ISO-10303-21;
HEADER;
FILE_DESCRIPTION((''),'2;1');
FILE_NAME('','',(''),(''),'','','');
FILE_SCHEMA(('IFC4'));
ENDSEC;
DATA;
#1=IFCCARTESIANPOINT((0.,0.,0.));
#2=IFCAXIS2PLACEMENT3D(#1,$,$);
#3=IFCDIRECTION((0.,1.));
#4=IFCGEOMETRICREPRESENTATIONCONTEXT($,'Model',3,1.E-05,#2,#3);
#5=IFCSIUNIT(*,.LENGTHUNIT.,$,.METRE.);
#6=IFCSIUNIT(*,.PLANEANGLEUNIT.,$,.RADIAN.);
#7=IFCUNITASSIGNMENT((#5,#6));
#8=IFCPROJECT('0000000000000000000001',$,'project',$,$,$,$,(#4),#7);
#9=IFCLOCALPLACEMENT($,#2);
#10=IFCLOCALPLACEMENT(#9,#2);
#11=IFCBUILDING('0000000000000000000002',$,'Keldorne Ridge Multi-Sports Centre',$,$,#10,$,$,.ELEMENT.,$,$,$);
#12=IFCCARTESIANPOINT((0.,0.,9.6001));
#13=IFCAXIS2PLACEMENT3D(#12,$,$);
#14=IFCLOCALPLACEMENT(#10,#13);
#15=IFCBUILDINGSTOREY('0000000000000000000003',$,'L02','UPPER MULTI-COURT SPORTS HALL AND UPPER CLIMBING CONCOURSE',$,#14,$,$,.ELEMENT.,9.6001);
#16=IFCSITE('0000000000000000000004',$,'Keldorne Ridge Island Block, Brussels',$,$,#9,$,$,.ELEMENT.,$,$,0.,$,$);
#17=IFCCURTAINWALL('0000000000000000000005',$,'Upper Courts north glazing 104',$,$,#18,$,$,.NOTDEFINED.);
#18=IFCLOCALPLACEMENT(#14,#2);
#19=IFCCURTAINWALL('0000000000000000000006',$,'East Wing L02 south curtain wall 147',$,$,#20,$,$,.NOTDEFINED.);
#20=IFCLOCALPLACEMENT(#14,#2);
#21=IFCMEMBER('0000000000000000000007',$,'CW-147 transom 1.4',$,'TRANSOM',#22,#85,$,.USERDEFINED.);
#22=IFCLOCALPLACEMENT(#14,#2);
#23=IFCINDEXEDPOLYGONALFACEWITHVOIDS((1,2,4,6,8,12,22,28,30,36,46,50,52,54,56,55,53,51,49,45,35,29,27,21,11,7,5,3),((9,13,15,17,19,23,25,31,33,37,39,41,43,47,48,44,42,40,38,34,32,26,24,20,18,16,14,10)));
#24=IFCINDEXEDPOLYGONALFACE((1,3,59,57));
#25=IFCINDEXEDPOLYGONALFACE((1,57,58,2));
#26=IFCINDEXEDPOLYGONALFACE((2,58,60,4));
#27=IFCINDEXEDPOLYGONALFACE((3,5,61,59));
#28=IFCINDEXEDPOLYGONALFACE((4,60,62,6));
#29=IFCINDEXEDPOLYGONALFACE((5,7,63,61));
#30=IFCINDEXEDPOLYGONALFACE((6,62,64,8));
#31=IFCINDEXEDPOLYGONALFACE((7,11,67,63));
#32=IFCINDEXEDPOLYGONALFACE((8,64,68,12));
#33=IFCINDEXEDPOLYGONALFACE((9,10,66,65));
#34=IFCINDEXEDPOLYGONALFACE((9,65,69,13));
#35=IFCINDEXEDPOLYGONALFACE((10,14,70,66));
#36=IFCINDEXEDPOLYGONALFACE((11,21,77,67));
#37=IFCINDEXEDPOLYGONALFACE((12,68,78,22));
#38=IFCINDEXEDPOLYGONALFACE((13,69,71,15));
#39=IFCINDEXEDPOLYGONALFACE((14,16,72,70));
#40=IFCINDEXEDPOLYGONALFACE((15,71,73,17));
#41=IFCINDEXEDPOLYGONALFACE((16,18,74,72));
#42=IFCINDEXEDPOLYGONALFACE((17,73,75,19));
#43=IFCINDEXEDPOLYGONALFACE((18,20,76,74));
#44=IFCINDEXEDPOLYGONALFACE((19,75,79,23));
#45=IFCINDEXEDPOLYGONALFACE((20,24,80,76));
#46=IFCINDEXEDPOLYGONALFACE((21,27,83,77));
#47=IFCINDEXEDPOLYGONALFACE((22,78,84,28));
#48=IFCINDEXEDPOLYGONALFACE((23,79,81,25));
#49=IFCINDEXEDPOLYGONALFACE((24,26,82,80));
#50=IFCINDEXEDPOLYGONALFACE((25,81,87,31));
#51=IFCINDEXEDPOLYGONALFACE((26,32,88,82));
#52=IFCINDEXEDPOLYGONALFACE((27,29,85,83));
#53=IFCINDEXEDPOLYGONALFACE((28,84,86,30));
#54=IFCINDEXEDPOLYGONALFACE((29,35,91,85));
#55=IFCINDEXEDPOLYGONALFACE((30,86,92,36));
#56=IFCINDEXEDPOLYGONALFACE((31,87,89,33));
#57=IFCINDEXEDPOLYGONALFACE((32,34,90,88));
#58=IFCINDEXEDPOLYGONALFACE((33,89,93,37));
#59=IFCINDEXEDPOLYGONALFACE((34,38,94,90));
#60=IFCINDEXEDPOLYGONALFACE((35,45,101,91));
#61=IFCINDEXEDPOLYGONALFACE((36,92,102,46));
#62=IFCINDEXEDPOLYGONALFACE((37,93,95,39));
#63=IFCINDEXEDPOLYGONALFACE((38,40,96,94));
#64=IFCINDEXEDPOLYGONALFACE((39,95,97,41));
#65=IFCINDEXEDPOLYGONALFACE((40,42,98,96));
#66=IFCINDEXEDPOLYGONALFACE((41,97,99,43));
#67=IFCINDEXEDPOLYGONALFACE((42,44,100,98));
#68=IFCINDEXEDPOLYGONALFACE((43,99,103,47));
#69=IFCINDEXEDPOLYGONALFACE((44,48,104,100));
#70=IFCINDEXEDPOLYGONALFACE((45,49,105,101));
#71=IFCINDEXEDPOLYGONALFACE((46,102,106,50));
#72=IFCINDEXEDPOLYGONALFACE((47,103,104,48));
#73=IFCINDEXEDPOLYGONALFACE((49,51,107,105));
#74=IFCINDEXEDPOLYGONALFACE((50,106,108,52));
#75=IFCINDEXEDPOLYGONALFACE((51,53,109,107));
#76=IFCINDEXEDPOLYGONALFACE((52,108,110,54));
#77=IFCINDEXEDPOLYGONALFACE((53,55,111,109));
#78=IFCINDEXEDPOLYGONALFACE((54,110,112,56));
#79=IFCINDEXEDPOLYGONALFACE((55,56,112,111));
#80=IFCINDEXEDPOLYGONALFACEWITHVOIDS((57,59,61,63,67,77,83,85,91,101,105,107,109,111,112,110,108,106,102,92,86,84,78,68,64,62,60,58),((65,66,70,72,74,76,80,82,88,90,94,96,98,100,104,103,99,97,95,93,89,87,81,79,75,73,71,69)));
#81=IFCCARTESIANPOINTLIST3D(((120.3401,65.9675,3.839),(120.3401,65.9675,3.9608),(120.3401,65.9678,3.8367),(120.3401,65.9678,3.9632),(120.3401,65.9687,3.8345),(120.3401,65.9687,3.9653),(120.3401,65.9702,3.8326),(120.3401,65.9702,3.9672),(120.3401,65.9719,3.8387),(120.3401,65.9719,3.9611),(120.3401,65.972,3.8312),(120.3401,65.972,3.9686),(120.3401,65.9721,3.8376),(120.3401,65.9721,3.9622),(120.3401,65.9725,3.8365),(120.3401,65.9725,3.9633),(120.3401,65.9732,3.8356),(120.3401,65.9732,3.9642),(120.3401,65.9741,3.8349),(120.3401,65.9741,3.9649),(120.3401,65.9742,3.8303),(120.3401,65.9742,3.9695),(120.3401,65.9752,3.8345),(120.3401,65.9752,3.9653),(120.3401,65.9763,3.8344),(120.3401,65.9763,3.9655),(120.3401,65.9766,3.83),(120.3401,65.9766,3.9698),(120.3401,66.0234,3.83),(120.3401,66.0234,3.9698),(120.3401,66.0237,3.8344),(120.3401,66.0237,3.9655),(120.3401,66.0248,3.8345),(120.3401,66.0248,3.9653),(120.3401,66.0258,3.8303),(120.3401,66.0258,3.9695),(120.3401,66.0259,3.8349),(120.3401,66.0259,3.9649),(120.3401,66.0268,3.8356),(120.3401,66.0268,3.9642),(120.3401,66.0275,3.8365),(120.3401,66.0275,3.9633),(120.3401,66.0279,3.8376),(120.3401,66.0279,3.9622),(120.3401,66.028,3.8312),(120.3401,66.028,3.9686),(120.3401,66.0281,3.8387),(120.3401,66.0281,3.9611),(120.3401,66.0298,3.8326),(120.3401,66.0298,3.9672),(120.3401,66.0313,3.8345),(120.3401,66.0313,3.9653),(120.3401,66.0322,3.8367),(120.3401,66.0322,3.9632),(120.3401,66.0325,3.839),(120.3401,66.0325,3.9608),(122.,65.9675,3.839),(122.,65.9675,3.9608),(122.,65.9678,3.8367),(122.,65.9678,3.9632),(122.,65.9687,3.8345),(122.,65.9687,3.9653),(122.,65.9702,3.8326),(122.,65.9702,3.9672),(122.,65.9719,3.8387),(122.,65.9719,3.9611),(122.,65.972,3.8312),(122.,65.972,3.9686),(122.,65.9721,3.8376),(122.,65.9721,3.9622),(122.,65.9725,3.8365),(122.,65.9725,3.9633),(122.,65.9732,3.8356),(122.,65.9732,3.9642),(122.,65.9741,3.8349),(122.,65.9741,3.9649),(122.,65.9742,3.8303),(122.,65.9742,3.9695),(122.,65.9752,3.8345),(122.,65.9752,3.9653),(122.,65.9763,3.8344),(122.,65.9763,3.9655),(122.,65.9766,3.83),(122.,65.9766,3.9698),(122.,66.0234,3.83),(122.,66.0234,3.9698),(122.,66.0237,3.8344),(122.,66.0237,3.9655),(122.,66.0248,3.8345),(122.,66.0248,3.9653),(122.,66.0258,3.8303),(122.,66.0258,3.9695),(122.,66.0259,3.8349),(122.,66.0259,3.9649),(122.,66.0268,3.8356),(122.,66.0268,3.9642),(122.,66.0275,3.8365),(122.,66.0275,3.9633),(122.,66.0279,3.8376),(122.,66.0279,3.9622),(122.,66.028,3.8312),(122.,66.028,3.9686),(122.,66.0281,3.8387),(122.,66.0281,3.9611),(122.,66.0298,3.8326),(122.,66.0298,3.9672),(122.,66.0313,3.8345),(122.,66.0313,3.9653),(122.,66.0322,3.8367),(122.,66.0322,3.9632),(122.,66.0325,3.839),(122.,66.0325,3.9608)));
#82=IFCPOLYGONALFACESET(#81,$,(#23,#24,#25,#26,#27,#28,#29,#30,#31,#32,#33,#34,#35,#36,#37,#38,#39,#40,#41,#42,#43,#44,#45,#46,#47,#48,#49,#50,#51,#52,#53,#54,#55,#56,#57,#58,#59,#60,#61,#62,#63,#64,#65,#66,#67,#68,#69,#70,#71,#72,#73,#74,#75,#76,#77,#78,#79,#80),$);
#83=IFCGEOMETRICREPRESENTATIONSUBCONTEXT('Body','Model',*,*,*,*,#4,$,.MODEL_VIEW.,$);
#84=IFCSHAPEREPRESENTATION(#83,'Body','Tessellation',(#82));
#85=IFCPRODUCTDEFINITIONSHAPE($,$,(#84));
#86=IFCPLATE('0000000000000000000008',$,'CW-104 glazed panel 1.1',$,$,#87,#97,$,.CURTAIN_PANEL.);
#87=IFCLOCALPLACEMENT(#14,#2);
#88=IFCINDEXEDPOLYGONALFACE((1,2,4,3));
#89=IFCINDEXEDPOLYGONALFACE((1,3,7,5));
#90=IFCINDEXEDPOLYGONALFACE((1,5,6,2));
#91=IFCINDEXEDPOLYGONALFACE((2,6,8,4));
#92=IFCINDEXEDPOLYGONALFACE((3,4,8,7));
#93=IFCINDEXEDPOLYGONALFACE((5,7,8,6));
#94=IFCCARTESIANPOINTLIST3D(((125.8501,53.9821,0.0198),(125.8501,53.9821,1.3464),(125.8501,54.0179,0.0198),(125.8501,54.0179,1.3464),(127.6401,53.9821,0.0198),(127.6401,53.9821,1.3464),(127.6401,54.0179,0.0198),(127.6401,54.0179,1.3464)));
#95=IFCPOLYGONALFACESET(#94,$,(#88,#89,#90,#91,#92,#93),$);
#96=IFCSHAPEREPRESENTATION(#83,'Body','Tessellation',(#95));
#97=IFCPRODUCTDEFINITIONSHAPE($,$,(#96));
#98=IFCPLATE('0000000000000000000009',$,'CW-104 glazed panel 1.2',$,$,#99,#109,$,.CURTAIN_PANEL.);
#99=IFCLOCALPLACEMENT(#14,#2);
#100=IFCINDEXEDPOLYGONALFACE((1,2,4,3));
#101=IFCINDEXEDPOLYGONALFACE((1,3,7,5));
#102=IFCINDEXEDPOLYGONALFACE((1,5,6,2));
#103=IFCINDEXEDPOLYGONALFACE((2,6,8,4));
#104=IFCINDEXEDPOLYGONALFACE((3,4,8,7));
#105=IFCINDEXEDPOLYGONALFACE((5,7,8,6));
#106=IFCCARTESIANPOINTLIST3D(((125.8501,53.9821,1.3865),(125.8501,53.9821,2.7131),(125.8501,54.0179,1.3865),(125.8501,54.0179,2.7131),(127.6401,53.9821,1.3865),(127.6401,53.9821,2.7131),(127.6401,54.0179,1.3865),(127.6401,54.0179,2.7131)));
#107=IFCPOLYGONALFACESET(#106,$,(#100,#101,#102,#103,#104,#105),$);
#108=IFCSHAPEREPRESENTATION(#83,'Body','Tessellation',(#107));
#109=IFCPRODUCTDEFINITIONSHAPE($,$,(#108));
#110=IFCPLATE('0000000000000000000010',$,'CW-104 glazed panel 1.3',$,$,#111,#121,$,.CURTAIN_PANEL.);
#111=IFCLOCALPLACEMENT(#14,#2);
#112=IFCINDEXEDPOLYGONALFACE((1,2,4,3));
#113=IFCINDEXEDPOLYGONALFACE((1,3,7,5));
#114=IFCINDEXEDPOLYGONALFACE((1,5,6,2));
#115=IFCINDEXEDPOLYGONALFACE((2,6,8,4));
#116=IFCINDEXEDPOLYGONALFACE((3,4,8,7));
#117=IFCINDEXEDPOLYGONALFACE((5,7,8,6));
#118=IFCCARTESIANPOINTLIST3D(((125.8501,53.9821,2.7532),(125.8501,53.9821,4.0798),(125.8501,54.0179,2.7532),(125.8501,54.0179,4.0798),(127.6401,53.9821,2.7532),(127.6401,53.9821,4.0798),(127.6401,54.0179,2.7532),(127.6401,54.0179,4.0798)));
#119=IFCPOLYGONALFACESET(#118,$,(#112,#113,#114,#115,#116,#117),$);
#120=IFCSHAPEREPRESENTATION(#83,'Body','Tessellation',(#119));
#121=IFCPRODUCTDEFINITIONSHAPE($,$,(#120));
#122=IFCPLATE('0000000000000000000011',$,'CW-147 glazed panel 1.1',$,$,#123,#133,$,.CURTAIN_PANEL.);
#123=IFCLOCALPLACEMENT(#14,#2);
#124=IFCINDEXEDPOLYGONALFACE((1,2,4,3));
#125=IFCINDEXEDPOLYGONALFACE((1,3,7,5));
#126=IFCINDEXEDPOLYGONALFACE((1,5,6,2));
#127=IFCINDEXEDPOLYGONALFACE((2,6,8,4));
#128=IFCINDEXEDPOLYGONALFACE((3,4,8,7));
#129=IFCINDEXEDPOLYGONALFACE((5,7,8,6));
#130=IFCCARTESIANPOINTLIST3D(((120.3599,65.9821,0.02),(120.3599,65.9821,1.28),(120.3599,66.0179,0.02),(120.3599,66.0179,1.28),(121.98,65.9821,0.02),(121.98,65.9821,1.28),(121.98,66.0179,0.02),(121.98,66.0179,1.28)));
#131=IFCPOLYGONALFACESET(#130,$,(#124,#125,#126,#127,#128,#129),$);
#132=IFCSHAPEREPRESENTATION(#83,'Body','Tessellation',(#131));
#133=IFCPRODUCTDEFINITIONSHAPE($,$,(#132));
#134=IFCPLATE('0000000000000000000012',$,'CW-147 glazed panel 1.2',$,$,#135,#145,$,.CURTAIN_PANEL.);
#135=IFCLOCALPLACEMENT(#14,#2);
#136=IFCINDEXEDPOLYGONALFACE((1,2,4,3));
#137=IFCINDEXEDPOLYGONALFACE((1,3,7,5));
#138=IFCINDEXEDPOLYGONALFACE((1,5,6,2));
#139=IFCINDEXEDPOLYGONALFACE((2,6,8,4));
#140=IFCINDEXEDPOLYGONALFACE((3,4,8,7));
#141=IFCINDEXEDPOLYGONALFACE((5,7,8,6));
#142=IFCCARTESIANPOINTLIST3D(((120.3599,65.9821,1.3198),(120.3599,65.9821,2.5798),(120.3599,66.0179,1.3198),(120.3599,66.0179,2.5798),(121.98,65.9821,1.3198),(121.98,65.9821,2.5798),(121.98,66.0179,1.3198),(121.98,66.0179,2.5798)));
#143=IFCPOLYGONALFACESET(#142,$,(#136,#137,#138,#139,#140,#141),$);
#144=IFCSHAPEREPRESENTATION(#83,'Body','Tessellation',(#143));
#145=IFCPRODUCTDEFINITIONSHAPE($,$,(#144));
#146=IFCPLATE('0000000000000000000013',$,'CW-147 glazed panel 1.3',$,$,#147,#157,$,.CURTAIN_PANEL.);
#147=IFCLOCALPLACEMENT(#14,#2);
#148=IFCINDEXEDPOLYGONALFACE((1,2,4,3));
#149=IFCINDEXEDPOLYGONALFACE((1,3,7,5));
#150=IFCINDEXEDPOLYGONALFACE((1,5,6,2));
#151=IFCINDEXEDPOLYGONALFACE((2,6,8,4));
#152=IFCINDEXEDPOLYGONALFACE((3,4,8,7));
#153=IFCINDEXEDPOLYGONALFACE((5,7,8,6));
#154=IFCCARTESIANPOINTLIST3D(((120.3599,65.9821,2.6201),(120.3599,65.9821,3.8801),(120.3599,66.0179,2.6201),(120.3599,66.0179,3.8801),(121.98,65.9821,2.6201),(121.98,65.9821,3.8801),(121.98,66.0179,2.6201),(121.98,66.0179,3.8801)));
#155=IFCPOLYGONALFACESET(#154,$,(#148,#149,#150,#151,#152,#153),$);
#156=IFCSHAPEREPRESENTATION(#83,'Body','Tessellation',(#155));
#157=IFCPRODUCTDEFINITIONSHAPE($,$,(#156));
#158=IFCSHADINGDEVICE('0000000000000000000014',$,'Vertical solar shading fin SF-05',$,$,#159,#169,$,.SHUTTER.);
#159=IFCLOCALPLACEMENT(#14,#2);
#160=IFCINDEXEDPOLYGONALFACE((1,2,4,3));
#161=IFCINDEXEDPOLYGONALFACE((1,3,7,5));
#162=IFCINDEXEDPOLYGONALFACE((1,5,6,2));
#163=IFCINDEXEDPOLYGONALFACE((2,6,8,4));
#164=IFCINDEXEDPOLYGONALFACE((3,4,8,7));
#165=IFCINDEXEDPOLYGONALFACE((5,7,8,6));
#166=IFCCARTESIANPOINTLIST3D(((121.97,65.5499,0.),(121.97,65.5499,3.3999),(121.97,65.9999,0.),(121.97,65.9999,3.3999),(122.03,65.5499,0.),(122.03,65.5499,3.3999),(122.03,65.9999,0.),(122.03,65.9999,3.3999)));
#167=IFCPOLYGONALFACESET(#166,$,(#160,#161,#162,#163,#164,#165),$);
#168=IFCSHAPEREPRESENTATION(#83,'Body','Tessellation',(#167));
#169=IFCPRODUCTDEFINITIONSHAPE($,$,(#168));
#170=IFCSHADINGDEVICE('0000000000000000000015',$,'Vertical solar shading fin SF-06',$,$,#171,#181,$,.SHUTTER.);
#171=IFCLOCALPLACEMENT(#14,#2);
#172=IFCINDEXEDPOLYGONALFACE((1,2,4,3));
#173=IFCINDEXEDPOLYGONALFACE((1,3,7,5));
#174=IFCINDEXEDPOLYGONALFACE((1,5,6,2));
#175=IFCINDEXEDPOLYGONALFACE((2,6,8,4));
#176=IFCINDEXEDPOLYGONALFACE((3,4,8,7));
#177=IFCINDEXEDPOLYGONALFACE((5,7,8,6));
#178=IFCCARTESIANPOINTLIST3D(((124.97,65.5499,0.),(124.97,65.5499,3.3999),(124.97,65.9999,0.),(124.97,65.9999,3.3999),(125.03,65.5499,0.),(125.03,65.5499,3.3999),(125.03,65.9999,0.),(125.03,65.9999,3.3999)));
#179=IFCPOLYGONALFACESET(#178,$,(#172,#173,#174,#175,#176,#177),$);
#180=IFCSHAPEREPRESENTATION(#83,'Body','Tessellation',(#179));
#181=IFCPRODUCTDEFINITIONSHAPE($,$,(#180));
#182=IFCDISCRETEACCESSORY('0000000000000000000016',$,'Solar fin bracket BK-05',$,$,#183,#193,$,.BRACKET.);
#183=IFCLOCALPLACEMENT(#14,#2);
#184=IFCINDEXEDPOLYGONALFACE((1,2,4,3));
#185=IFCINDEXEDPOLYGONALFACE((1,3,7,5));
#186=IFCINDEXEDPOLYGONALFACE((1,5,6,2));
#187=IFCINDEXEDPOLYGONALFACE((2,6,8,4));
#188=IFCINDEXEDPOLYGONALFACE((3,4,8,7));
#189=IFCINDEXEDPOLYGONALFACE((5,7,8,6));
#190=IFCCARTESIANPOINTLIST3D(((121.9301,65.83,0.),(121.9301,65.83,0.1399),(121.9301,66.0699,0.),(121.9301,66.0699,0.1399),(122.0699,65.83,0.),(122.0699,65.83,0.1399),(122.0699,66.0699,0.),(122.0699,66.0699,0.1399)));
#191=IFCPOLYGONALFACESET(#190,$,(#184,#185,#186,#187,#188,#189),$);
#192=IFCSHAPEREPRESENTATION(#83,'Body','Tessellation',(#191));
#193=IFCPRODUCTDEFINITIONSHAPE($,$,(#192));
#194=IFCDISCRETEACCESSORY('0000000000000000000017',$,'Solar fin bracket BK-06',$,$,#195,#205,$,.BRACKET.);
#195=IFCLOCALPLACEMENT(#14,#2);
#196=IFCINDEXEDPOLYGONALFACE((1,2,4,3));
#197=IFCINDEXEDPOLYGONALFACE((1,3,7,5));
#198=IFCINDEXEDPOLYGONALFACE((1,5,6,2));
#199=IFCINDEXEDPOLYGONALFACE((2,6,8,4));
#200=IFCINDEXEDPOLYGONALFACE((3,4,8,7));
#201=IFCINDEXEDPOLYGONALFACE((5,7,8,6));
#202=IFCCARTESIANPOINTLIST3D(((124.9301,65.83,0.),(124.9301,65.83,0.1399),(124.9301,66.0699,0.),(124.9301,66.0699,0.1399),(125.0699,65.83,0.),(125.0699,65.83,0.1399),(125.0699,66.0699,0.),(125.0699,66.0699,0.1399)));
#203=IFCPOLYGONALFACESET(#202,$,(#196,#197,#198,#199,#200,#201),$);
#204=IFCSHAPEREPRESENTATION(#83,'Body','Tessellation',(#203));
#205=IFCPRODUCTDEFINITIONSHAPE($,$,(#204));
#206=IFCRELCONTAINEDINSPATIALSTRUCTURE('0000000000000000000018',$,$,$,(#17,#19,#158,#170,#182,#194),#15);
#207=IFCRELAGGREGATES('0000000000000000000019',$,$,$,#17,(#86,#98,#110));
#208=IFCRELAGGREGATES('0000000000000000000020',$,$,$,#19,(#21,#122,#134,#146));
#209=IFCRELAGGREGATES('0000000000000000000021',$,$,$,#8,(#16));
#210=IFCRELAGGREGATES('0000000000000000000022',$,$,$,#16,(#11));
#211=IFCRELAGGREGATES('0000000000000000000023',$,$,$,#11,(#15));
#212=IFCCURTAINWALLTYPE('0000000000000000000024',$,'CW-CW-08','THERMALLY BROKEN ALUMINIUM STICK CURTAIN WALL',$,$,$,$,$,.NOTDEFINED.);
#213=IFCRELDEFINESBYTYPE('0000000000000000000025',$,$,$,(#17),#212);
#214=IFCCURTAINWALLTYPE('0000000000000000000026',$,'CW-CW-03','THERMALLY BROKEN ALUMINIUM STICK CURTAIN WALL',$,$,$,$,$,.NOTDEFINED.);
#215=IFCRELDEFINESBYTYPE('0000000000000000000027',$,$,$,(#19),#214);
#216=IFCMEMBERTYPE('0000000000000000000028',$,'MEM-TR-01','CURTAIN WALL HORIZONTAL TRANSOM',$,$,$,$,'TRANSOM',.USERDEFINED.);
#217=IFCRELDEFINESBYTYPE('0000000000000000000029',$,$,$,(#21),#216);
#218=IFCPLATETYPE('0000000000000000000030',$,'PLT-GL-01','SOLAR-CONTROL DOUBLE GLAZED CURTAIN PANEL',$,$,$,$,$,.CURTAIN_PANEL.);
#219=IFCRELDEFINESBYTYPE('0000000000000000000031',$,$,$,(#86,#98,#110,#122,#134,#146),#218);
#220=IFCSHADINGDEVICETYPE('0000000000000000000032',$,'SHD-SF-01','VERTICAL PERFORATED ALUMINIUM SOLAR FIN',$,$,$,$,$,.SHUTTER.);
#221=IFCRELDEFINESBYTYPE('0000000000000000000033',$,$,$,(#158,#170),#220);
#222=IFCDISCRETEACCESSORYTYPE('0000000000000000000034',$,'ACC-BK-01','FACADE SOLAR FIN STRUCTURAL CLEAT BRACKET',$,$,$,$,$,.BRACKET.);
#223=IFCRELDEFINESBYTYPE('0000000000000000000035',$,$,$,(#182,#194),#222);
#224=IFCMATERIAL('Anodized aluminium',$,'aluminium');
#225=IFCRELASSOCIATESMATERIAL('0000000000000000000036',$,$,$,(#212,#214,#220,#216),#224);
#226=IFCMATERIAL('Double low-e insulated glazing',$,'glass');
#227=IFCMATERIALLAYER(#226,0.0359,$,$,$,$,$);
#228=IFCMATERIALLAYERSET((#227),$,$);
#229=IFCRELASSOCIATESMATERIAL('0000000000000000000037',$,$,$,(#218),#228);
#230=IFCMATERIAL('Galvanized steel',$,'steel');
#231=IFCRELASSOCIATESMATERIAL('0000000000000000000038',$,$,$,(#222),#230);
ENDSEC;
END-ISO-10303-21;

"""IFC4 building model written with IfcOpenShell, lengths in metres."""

from ifc_helpers import new_model, si_unit, direction, frame, origin, origin_2d, place, context, subcontext, project, spatial, rectangle, hollow_rectangle, extrude, material, layer, layer_set, material_profile, profile_set, type_object, element, aggregate, save


model = new_model("IFC4")

# Units and contexts
model_context = context("Model", 3, precision=1e-05, world=origin(), true_north=direction((0.0, 1.0)))
body_context = subcontext(model_context, "Body", "Model", "MODEL_VIEW")
ifc_project = project(units=[si_unit("LENGTHUNIT", "METRE"), si_unit("PLANEANGLEUNIT", "RADIAN")], contexts=[model_context])

# Site, building, storey
site_placement = place(None, origin())
site = spatial("IfcSite", under=ifc_project, at=site_placement, Name="Keldorne Ridge Island Block, Brussels", CompositionType="ELEMENT", RefElevation=0.0)
building_placement = place(site_placement, origin())
building = spatial("IfcBuilding", under=site, at=building_placement, Name="Keldorne Ridge Multi-Sports Centre", CompositionType="ELEMENT")
storey_placement = place(building_placement, frame((0.0, 0.0, 9.6001)))
storey = spatial("IfcBuildingStorey", under=building, at=storey_placement, Name="L02", Description="UPPER MULTI-COURT SPORTS HALL AND UPPER CLIMBING CONCOURSE", CompositionType="ELEMENT", Elevation=9.6001)

# Curtain walls
ifc_material_1 = material(Name="Anodized aluminium", Category="aluminium")
curtain_wall_type_1 = type_object("IfcCurtainWallType", Name="CW-CW-08", Description="THERMALLY BROKEN ALUMINIUM STICK CURTAIN WALL", PredefinedType="NOTDEFINED", material=ifc_material_1)
curtain_wall_1_placement = place(storey_placement, origin())
curtain_wall_1 = element("IfcCurtainWall", 1, at=curtain_wall_1_placement, inside=storey, type_object=curtain_wall_type_1, Name="Upper Courts north glazing 104", PredefinedType="NOTDEFINED")
curtain_wall_type_2 = type_object("IfcCurtainWallType", Name="CW-CW-03", Description="THERMALLY BROKEN ALUMINIUM STICK CURTAIN WALL", PredefinedType="NOTDEFINED", material=ifc_material_1)
curtain_wall_2_placement = place(storey_placement, origin())
curtain_wall_2 = element("IfcCurtainWall", 2, at=curtain_wall_2_placement, inside=storey, type_object=curtain_wall_type_2, Name="East Wing L02 south curtain wall 147", PredefinedType="NOTDEFINED")

# Member
ifc_material_profile_1 = material_profile(ifc_material_1, hollow_rectangle(XDim=0.0649, YDim=0.1399, WallThickness=0.0044, InnerFilletRadius=0.0044, OuterFilletRadius=0.009, at=origin_2d()), Name="ALU TRANSOM 140x65x4.5")
ifc_profile_set_1 = profile_set([ifc_material_profile_1], Name="Anodized aluminium")
member_type_1 = type_object("IfcMemberType", Name="MEM-TR-01", Description="CURTAIN WALL HORIZONTAL TRANSOM", ElementType="TRANSOM", PredefinedType="USERDEFINED", material=ifc_profile_set_1)
member_1_placement = place(storey_placement, frame((120.3401, 66.0, 3.8999), z_axis=(1.0, 0.0, 0.0), x_axis=(0.0, 1.0, 0.0)))
member_1 = element("IfcMember", 3, at=member_1_placement, type_object=member_type_1, Name="CW-147 transom 1.4", ObjectType="TRANSOM", PredefinedType="USERDEFINED", context=body_context, shape_type="SweptSolid", body=[
    extrude(hollow_rectangle(XDim=0.0649, YDim=0.1399, WallThickness=0.0044, InnerFilletRadius=0.0044, OuterFilletRadius=0.009, at=origin_2d()), origin(), (0.0, 0.0, 1.0), 1.6599),
])

# Plates
ifc_material_2 = material(Name="Double low-e insulated glazing", Category="glass")
ifc_layer = layer(ifc_material_2, 0.0359)
ifc_layer_set = layer_set([ifc_layer])
plate_type = type_object("IfcPlateType", Name="PLT-GL-01", Description="SOLAR-CONTROL DOUBLE GLAZED CURTAIN PANEL", PredefinedType="CURTAIN_PANEL", material=ifc_layer_set)
plate_1_placement = place(storey_placement, frame((126.7451, 54.0, 0.0198), z_axis=(0.0, 0.0, 1.0), x_axis=(-1.0, 0.0, 0.0)))
plate_1 = element("IfcPlate", 4, at=plate_1_placement, type_object=plate_type, Name="CW-104 glazed panel 1.1", PredefinedType="CURTAIN_PANEL", context=body_context, shape_type="SweptSolid", body=[
    extrude(rectangle(XDim=1.79, YDim=0.0359, at=origin_2d()), origin(), (0.0, 0.0, 1.0), 1.3267),
])
plate_2_placement = place(storey_placement, frame((126.7451, 54.0, 1.3865), z_axis=(0.0, 0.0, 1.0), x_axis=(-1.0, 0.0, 0.0)))
plate_2 = element("IfcPlate", 5, at=plate_2_placement, type_object=plate_type, Name="CW-104 glazed panel 1.2", PredefinedType="CURTAIN_PANEL", context=body_context, shape_type="SweptSolid", body=[
    extrude(rectangle(XDim=1.79, YDim=0.0359, at=origin_2d()), origin(), (0.0, 0.0, 1.0), 1.3267),
])
plate_3_placement = place(storey_placement, frame((126.7451, 54.0, 2.7532), z_axis=(0.0, 0.0, 1.0), x_axis=(-1.0, 0.0, 0.0)))
plate_3 = element("IfcPlate", 6, at=plate_3_placement, type_object=plate_type, Name="CW-104 glazed panel 1.3", PredefinedType="CURTAIN_PANEL", context=body_context, shape_type="SweptSolid", body=[
    extrude(rectangle(XDim=1.79, YDim=0.0359, at=origin_2d()), origin(), (0.0, 0.0, 1.0), 1.3267),
])
aggregate(curtain_wall_1, [plate_1, plate_2, plate_3])
plate_4_placement = place(storey_placement, frame((121.1699, 66.0, 0.02), z_axis=(0.0, 0.0, 1.0), x_axis=(1.0, 0.0, 0.0)))
plate_4 = element("IfcPlate", 7, at=plate_4_placement, type_object=plate_type, Name="CW-147 glazed panel 1.1", PredefinedType="CURTAIN_PANEL", context=body_context, shape_type="SweptSolid", body=[
    extrude(rectangle(XDim=1.6201, YDim=0.0359, at=origin_2d()), origin(), (0.0, 0.0, 1.0), 1.26),
])
plate_5_placement = place(storey_placement, frame((121.1699, 66.0, 1.3198), z_axis=(0.0, 0.0, 1.0), x_axis=(1.0, 0.0, 0.0)))
plate_5 = element("IfcPlate", 8, at=plate_5_placement, type_object=plate_type, Name="CW-147 glazed panel 1.2", PredefinedType="CURTAIN_PANEL", context=body_context, shape_type="SweptSolid", body=[
    extrude(rectangle(XDim=1.6201, YDim=0.0359, at=origin_2d()), origin(), (0.0, 0.0, 1.0), 1.26),
])
plate_6_placement = place(storey_placement, frame((121.1699, 66.0, 2.6201), z_axis=(0.0, 0.0, 1.0), x_axis=(1.0, 0.0, 0.0)))
plate_6 = element("IfcPlate", 9, at=plate_6_placement, type_object=plate_type, Name="CW-147 glazed panel 1.3", PredefinedType="CURTAIN_PANEL", context=body_context, shape_type="SweptSolid", body=[
    extrude(rectangle(XDim=1.6201, YDim=0.0359, at=origin_2d()), origin(), (0.0, 0.0, 1.0), 1.26),
])
aggregate(curtain_wall_2, [member_1, plate_4, plate_5, plate_6])

# Shading devices
shading_device_type = type_object("IfcShadingDeviceType", Name="SHD-SF-01", Description="VERTICAL PERFORATED ALUMINIUM SOLAR FIN", PredefinedType="SHUTTER", material=ifc_material_1)
for number, where, z_axis, x_axis, name in (
    (10, (122.0, 65.7749, 0.0), (0.0, 0.0, 1.0), (1.0, 0.0, 0.0), "Vertical solar shading fin SF-05"),
    (11, (125.0, 65.7749, 0.0), (0.0, 0.0, 1.0), (1.0, 0.0, 0.0), "Vertical solar shading fin SF-06"),
):
    element("IfcShadingDevice", number, at=place(storey_placement, frame(where, z_axis=z_axis, x_axis=x_axis)), inside=storey, type_object=shading_device_type, Name=name, PredefinedType="SHUTTER", context=body_context, shape_type="SweptSolid", body=[
        extrude(rectangle(XDim=0.0601, YDim=0.45, at=origin_2d()), origin(), (0.0, 0.0, 1.0), 3.3999),
    ])

# Discrete accessories
ifc_material_3 = material(Name="Galvanized steel", Category="steel")
discrete_accessory_type = type_object("IfcDiscreteAccessoryType", Name="ACC-BK-01", Description="FACADE SOLAR FIN STRUCTURAL CLEAT BRACKET", PredefinedType="BRACKET", material=ifc_material_3)
for number, where, z_axis, x_axis, name in (
    (12, (122.0, 65.95, 0.0), (0.0, 0.0, 1.0), (1.0, 0.0, 0.0), "Solar fin bracket BK-05"),
    (13, (125.0, 65.95, 0.0), (0.0, 0.0, 1.0), (1.0, 0.0, 0.0), "Solar fin bracket BK-06"),
):
    element("IfcDiscreteAccessory", number, at=place(storey_placement, frame(where, z_axis=z_axis, x_axis=x_axis)), inside=storey, type_object=discrete_accessory_type, Name=name, PredefinedType="BRACKET", context=body_context, shape_type="SweptSolid", body=[
        extrude(rectangle(XDim=0.1399, YDim=0.24, at=origin_2d()), origin(), (0.0, 0.0, 1.0), 0.1399),
    ])

save(model, "model.ifc")
